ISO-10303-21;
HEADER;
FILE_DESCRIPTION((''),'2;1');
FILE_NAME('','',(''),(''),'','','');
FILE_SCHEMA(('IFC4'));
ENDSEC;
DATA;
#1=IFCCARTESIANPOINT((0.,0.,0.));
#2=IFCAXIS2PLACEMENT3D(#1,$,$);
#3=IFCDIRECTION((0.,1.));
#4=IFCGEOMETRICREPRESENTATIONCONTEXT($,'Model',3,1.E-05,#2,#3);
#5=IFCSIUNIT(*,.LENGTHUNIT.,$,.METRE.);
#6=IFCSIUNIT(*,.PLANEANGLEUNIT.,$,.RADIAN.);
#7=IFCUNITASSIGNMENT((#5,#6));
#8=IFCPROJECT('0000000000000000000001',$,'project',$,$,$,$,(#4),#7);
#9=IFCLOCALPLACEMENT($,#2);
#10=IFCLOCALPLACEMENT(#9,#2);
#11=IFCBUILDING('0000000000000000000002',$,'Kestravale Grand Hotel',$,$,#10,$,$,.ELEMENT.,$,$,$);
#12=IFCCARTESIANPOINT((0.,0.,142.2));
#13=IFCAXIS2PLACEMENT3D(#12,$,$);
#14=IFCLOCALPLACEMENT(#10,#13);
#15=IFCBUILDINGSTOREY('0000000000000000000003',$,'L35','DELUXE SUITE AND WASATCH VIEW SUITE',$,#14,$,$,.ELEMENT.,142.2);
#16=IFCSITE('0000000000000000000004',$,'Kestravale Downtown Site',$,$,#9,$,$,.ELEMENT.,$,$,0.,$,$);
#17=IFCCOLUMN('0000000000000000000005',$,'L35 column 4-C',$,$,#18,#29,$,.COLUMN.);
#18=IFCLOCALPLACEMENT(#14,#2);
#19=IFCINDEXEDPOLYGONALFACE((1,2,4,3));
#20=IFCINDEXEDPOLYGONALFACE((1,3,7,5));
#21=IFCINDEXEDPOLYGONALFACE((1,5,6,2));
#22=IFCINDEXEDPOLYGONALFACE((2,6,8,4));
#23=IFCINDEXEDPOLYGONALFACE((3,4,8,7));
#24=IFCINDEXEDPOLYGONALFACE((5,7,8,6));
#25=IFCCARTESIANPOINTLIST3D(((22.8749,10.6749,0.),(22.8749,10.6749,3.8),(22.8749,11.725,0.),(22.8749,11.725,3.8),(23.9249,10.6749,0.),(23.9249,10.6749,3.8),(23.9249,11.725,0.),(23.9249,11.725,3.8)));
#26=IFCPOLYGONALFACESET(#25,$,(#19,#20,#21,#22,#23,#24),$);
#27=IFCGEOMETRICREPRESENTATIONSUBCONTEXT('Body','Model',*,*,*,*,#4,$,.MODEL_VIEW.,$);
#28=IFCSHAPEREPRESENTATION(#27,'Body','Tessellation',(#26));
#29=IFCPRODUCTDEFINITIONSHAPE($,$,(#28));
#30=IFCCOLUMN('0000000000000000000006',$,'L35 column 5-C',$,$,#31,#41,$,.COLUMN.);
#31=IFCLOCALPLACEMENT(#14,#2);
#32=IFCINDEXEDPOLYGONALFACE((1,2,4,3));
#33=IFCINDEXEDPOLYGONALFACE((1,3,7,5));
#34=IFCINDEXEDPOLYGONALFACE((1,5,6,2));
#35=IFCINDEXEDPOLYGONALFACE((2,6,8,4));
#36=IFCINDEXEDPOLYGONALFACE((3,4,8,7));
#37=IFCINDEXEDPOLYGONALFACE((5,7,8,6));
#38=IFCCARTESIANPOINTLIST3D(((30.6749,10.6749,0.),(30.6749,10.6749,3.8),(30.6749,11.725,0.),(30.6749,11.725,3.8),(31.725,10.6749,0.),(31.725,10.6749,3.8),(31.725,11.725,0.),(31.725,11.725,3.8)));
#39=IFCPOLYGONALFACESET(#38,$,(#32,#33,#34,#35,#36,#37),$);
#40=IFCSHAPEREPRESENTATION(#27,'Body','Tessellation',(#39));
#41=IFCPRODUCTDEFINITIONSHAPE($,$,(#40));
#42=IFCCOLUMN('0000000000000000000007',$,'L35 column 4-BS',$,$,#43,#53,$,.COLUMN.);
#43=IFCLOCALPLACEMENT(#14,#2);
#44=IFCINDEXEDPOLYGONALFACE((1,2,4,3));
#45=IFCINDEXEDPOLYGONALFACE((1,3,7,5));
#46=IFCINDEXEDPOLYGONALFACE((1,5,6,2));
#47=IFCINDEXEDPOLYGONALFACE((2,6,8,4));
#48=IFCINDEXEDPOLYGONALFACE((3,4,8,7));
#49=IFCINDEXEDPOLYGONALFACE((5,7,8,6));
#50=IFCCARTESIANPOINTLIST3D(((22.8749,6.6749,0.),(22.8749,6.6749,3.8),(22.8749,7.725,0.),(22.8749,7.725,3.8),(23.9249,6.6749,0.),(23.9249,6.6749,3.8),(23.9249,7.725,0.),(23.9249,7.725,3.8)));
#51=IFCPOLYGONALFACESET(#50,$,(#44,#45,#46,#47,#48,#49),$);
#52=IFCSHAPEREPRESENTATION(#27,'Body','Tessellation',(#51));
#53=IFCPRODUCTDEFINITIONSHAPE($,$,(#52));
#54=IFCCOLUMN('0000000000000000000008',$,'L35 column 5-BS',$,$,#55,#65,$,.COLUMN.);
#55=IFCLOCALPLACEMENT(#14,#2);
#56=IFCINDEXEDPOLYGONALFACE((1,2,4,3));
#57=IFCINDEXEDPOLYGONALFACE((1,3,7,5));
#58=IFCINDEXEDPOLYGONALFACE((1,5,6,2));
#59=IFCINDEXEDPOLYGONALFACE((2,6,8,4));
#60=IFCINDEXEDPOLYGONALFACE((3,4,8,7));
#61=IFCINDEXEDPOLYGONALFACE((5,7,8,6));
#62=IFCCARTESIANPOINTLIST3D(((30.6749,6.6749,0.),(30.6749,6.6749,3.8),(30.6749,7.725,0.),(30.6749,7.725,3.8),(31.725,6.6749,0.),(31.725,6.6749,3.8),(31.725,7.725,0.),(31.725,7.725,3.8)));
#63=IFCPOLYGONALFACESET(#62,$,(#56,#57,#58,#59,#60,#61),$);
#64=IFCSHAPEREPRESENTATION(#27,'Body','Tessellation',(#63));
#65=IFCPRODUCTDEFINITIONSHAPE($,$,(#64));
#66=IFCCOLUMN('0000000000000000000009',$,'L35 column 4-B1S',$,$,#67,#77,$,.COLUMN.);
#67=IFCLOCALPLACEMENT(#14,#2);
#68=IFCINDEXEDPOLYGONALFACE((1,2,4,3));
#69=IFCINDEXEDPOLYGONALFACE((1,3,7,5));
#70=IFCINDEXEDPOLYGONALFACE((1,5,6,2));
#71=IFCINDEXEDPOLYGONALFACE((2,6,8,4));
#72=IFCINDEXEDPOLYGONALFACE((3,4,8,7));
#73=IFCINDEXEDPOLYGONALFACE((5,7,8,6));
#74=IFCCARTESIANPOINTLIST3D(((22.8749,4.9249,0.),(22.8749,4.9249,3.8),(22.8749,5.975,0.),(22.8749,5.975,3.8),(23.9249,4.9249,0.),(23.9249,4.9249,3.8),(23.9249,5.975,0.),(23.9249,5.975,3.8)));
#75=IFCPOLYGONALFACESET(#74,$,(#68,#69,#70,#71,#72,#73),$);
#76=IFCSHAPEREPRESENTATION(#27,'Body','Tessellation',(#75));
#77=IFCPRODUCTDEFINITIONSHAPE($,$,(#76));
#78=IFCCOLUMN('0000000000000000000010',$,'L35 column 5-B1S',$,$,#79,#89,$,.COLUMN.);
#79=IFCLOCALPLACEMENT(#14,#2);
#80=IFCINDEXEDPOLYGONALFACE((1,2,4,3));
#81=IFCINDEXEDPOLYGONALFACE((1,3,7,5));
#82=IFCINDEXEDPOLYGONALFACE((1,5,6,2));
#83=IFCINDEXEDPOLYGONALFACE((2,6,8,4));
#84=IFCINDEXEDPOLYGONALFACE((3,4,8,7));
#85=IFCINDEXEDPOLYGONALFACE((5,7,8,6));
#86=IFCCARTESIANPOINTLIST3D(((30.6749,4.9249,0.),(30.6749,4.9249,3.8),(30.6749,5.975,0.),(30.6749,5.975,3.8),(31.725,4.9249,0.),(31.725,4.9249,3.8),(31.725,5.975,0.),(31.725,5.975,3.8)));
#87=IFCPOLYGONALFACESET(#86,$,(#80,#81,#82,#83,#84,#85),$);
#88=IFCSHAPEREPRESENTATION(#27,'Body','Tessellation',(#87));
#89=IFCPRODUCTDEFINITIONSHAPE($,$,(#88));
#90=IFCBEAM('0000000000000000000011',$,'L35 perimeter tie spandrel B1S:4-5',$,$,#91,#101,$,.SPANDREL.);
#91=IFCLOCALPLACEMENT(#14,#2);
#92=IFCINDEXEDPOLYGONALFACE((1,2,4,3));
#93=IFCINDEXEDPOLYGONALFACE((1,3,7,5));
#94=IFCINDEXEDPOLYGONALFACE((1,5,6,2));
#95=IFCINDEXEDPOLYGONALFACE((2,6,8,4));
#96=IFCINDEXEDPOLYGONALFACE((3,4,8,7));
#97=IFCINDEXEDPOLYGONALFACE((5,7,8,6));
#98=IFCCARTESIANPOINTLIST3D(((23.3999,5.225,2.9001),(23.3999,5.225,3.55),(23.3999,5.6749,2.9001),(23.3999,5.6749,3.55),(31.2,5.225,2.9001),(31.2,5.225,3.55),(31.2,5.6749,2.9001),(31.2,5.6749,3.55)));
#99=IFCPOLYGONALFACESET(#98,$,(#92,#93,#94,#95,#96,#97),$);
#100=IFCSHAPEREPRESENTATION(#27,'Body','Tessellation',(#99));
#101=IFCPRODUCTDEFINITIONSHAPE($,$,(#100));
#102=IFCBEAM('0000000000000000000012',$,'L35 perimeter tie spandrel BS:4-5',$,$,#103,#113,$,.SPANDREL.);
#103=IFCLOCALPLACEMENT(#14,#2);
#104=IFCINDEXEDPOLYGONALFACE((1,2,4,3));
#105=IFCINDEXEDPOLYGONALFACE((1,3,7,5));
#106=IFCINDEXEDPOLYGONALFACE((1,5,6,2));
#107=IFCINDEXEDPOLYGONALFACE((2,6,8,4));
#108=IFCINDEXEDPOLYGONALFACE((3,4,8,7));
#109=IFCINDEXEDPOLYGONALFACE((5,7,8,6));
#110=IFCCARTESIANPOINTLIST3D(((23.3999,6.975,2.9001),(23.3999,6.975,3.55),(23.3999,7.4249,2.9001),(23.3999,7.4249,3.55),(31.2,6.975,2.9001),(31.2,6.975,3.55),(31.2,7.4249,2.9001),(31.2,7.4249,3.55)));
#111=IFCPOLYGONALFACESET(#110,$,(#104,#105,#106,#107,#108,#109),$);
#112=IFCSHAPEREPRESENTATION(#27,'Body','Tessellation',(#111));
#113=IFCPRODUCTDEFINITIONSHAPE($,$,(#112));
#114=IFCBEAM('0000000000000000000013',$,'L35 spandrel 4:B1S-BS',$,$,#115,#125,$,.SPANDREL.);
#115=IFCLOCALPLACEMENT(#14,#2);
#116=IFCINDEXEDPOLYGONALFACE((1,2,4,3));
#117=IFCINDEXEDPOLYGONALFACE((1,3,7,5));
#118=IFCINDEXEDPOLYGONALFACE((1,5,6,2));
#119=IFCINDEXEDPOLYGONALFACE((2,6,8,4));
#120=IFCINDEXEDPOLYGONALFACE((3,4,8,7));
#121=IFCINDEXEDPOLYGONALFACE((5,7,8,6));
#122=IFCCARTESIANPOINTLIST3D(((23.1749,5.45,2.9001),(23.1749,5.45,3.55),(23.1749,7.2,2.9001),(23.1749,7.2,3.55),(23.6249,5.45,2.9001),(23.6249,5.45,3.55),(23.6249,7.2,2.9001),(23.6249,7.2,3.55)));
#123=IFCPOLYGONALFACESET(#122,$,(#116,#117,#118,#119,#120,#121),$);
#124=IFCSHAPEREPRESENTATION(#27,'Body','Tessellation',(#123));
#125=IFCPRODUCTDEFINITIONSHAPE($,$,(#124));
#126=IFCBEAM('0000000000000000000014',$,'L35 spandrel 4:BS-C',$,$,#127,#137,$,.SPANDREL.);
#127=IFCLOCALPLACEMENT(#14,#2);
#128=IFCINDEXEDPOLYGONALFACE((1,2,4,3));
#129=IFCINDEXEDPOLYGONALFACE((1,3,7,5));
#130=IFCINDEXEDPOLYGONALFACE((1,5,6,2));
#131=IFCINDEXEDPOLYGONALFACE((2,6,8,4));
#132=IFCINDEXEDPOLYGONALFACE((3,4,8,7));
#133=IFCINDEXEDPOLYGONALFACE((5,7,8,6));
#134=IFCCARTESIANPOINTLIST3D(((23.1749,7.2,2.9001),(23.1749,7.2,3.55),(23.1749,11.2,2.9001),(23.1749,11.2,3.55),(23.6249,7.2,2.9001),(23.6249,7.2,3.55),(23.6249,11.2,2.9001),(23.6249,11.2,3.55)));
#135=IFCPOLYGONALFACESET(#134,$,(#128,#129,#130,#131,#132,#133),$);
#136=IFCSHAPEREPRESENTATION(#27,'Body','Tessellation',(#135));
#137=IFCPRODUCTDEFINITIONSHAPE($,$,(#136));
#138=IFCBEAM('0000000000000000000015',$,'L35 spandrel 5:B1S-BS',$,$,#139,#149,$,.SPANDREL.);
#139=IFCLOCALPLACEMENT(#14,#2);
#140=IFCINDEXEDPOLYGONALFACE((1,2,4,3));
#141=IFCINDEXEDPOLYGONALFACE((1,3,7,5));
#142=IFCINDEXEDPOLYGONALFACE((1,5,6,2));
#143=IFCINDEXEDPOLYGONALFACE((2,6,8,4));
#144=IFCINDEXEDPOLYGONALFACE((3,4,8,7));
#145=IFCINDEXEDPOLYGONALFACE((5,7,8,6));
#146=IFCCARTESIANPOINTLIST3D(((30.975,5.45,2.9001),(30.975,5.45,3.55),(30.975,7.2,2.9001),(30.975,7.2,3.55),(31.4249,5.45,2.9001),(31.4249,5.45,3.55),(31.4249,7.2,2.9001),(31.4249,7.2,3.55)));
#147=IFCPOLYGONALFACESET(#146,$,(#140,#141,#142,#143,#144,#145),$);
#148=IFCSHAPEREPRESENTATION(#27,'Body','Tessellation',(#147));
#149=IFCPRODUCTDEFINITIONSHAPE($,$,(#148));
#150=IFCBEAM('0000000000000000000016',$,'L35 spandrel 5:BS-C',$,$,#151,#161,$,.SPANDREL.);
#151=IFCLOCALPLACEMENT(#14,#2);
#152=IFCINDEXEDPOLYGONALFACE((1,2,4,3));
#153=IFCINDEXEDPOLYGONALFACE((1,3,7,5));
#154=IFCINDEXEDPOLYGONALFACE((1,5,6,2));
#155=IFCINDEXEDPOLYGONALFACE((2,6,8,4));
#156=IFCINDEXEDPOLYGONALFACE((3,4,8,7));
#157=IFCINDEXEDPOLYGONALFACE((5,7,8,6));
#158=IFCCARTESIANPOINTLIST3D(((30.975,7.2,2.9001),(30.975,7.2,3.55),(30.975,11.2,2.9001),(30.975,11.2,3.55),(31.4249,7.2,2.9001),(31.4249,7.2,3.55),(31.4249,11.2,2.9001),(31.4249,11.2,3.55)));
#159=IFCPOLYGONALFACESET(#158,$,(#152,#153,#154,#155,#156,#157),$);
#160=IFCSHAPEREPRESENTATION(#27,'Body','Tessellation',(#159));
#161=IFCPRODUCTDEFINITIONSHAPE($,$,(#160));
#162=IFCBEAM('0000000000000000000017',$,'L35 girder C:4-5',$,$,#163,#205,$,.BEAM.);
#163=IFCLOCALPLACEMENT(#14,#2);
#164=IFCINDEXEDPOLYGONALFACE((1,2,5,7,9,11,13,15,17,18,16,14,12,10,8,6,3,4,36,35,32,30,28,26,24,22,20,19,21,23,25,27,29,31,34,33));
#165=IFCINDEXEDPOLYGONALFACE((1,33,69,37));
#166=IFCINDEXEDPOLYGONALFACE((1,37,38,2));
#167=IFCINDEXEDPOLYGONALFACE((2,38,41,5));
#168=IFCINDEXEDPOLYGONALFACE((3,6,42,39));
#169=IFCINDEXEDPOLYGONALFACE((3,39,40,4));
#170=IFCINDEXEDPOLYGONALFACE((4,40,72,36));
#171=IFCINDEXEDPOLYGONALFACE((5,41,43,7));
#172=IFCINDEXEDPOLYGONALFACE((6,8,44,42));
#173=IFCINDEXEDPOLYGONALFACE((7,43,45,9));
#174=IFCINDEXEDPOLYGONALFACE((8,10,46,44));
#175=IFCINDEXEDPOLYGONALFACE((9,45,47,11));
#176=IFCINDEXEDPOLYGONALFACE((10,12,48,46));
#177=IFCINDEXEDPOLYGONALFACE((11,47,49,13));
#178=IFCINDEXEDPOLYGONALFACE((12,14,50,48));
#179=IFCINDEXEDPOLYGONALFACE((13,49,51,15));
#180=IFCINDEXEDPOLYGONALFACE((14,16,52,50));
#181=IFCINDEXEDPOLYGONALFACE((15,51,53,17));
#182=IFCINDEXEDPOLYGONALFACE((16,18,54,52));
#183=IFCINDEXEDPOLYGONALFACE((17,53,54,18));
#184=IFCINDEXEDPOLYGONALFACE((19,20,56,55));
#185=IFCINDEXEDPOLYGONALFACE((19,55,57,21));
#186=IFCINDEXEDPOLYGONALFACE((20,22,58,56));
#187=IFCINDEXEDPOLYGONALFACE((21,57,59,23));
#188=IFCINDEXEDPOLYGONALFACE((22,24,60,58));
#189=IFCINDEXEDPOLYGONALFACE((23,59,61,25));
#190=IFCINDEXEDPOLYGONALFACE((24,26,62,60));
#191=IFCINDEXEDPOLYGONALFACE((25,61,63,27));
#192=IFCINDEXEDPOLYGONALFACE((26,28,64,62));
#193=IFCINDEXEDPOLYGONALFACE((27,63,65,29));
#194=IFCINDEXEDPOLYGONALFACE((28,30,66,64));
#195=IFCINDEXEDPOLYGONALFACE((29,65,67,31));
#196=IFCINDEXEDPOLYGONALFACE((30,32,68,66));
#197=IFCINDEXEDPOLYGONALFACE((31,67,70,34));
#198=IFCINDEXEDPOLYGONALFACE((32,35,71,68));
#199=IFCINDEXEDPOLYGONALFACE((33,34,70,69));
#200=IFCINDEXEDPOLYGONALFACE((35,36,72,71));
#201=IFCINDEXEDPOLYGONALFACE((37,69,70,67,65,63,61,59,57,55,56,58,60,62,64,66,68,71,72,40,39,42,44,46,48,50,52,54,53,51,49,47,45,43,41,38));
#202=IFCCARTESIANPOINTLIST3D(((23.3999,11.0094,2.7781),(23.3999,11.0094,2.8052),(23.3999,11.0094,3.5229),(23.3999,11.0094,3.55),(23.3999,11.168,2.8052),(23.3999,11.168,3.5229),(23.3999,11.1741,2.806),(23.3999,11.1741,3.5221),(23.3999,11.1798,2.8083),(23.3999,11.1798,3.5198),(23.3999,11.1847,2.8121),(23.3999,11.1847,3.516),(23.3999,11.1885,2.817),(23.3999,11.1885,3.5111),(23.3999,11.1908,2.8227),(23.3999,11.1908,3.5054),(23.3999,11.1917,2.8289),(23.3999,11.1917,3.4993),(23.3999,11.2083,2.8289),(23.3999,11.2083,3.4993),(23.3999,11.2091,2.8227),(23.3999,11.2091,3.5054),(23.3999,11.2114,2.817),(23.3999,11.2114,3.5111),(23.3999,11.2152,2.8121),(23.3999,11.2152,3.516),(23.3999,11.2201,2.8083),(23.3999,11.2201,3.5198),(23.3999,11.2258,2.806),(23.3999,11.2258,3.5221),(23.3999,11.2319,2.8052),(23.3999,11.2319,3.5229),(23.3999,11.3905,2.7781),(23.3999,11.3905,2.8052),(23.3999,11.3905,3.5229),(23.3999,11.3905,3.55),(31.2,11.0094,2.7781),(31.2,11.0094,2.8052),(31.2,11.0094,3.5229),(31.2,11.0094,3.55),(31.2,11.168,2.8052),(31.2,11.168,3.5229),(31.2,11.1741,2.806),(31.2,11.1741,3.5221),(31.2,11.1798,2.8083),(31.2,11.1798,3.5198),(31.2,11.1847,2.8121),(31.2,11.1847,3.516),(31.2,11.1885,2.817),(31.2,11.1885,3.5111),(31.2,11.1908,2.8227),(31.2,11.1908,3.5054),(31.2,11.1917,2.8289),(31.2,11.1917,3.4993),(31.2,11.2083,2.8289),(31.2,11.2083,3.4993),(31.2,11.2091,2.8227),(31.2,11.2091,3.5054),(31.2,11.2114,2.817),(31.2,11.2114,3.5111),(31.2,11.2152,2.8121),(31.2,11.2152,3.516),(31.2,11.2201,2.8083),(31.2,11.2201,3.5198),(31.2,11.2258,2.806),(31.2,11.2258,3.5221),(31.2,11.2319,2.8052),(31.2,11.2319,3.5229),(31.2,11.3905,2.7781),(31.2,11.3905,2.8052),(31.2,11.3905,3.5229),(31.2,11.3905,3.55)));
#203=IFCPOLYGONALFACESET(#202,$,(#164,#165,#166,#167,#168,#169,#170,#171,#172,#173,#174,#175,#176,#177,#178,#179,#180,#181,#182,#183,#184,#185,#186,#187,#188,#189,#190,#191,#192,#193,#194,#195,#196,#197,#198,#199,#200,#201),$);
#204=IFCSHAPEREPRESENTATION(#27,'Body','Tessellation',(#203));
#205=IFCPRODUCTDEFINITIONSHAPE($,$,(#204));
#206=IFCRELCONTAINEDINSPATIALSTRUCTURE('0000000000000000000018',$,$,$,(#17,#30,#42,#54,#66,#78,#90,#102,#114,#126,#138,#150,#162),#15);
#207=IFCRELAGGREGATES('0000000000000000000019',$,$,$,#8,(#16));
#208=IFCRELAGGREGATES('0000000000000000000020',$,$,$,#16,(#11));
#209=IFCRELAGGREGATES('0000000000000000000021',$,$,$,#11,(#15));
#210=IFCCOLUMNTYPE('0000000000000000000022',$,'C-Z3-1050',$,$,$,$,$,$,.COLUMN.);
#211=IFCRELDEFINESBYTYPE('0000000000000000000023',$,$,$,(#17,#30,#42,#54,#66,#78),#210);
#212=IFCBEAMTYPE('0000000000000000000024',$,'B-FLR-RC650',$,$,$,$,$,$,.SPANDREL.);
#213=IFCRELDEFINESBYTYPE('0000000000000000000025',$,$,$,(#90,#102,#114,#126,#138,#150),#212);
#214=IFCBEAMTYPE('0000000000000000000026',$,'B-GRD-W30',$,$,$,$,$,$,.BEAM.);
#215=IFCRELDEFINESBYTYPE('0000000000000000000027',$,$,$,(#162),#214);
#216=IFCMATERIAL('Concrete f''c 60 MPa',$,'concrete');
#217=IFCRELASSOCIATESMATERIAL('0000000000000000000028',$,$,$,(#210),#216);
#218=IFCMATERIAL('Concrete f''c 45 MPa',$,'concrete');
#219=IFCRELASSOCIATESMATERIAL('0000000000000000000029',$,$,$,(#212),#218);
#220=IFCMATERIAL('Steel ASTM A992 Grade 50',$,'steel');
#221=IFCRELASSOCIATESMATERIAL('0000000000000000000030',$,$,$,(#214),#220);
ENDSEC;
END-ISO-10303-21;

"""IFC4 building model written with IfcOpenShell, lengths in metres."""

from ifc_helpers import new_model, si_unit, direction, frame, origin, origin_2d, place, context, subcontext, project, spatial, rectangle, i_section, extrude, material, material_profile, profile_set, type_object, element, save


model = new_model("IFC4")

# Units and contexts
model_context = context("Model", 3, precision=1e-05, world=origin(), true_north=direction((0.0, 1.0)))
body_context = subcontext(model_context, "Body", "Model", "MODEL_VIEW")
ifc_project = project(units=[si_unit("LENGTHUNIT", "METRE"), si_unit("PLANEANGLEUNIT", "RADIAN")], contexts=[model_context])

# Site, building, storey
site_placement = place(None, origin())
site = spatial("IfcSite", under=ifc_project, at=site_placement, Name="Kestravale Downtown Site", CompositionType="ELEMENT", RefElevation=0.0)
building_placement = place(site_placement, origin())
building = spatial("IfcBuilding", under=site, at=building_placement, Name="Kestravale Grand Hotel", CompositionType="ELEMENT")
storey_placement = place(building_placement, frame((0.0, 0.0, 142.2)))
storey = spatial("IfcBuildingStorey", under=building, at=storey_placement, Name="L35", Description="DELUXE SUITE AND WASATCH VIEW SUITE", CompositionType="ELEMENT", Elevation=142.2)

# Columns
ifc_material_1 = material(Name="Concrete f'c 60 MPa", Category="concrete")
ifc_material_profile_1 = material_profile(ifc_material_1, rectangle(XDim=1.05, YDim=1.05, at=origin_2d()))
ifc_profile_set_1 = profile_set([ifc_material_profile_1], Name="Concrete f'c 60 MPa")
column_type = type_object("IfcColumnType", Name="C-Z3-1050", PredefinedType="COLUMN", material=ifc_profile_set_1)
for number, where, z_axis, x_axis, name in (
    (1, (23.3999, 11.2, 0.0), (0.0, 0.0, 1.0), (1.0, 0.0, 0.0), "L35 column 4-C"),
    (2, (31.2, 11.2, 0.0), (0.0, 0.0, 1.0), (1.0, 0.0, 0.0), "L35 column 5-C"),
    (3, (23.3999, 7.2, 0.0), (0.0, 0.0, 1.0), (1.0, 0.0, 0.0), "L35 column 4-BS"),
    (4, (31.2, 7.2, 0.0), (0.0, 0.0, 1.0), (1.0, 0.0, 0.0), "L35 column 5-BS"),
    (5, (23.3999, 5.45, 0.0), (0.0, 0.0, 1.0), (1.0, 0.0, 0.0), "L35 column 4-B1S"),
    (6, (31.2, 5.45, 0.0), (0.0, 0.0, 1.0), (1.0, 0.0, 0.0), "L35 column 5-B1S"),
):
    element("IfcColumn", number, at=place(storey_placement, frame(where, z_axis=z_axis, x_axis=x_axis)), inside=storey, type_object=column_type, Name=name, PredefinedType="COLUMN", context=body_context, shape_type="SweptSolid", body=[
        extrude(rectangle(XDim=1.05, YDim=1.05, at=origin_2d()), origin(), (0.0, 0.0, 1.0), 3.8),
    ])

# Beams
ifc_material_2 = material(Name="Concrete f'c 45 MPa", Category="concrete")
ifc_material_profile_2 = material_profile(ifc_material_2, rectangle(XDim=0.45, YDim=0.6499, at=origin_2d()))
ifc_profile_set_2 = profile_set([ifc_material_profile_2], Name="Concrete f'c 45 MPa")
beam_type_1 = type_object("IfcBeamType", Name="B-FLR-RC650", PredefinedType="SPANDREL", material=ifc_profile_set_2)
for number, where, z_axis, x_axis, name in (
    (7, (23.3999, 5.45, 3.2251), (1.0, 0.0, 0.0), (0.0, 1.0, 0.0), "L35 perimeter tie spandrel B1S:4-5"),
    (8, (23.3999, 7.2, 3.2251), (1.0, 0.0, 0.0), (0.0, 1.0, 0.0), "L35 perimeter tie spandrel BS:4-5"),
):
    element("IfcBeam", number, at=place(storey_placement, frame(where, z_axis=z_axis, x_axis=x_axis)), inside=storey, type_object=beam_type_1, Name=name, PredefinedType="SPANDREL", context=body_context, shape_type="SweptSolid", body=[
        extrude(rectangle(XDim=0.45, YDim=0.6499, at=origin_2d()), origin(), (0.0, 0.0, 1.0), 7.8),
    ])
beam_1_placement = place(storey_placement, frame((23.3999, 5.45, 3.2251), z_axis=(0.0, 1.0, 0.0), x_axis=(-1.0, 0.0, 0.0)))
element("IfcBeam", 9, at=beam_1_placement, inside=storey, type_object=beam_type_1, Name="L35 spandrel 4:B1S-BS", PredefinedType="SPANDREL", context=body_context, shape_type="SweptSolid", body=[
    extrude(rectangle(XDim=0.45, YDim=0.6499, at=origin_2d()), origin(), (0.0, 0.0, 1.0), 1.75),
])
beam_2_placement = place(storey_placement, frame((23.3999, 7.2, 3.2251), z_axis=(0.0, 1.0, 0.0), x_axis=(-1.0, 0.0, 0.0)))
element("IfcBeam", 10, at=beam_2_placement, inside=storey, type_object=beam_type_1, Name="L35 spandrel 4:BS-C", PredefinedType="SPANDREL", context=body_context, shape_type="SweptSolid", body=[
    extrude(rectangle(XDim=0.45, YDim=0.6499, at=origin_2d()), origin(), (0.0, 0.0, 1.0), 4.0),
])
beam_3_placement = place(storey_placement, frame((31.2, 5.45, 3.2251), z_axis=(0.0, 1.0, 0.0), x_axis=(-1.0, 0.0, 0.0)))
element("IfcBeam", 11, at=beam_3_placement, inside=storey, type_object=beam_type_1, Name="L35 spandrel 5:B1S-BS", PredefinedType="SPANDREL", context=body_context, shape_type="SweptSolid", body=[
    extrude(rectangle(XDim=0.45, YDim=0.6499, at=origin_2d()), origin(), (0.0, 0.0, 1.0), 1.75),
])
beam_4_placement = place(storey_placement, frame((31.2, 7.2, 3.2251), z_axis=(0.0, 1.0, 0.0), x_axis=(-1.0, 0.0, 0.0)))
element("IfcBeam", 12, at=beam_4_placement, inside=storey, type_object=beam_type_1, Name="L35 spandrel 5:BS-C", PredefinedType="SPANDREL", context=body_context, shape_type="SweptSolid", body=[
    extrude(rectangle(XDim=0.45, YDim=0.6499, at=origin_2d()), origin(), (0.0, 0.0, 1.0), 4.0),
])
ifc_material_3 = material(Name="Steel ASTM A992 Grade 50", Category="steel")
ifc_material_profile_3 = material_profile(ifc_material_3, i_section(OverallWidth=0.3811, OverallDepth=0.772, WebThickness=0.0166, FlangeThickness=0.0271, FilletRadius=0.0237, at=origin_2d()))
ifc_profile_set_3 = profile_set([ifc_material_profile_3], Name="Steel ASTM A992 Grade 50")
beam_type_2 = type_object("IfcBeamType", Name="B-GRD-W30", PredefinedType="BEAM", material=ifc_profile_set_3)
beam_5_placement = place(storey_placement, frame((23.3999, 11.2, 3.1641), z_axis=(1.0, 0.0, 0.0), x_axis=(0.0, 1.0, 0.0)))
element("IfcBeam", 13, at=beam_5_placement, inside=storey, type_object=beam_type_2, Name="L35 girder C:4-5", PredefinedType="BEAM", context=body_context, shape_type="SweptSolid", body=[
    extrude(i_section(OverallWidth=0.3811, OverallDepth=0.772, WebThickness=0.0166, FlangeThickness=0.0271, FilletRadius=0.0237, at=origin_2d()), origin(), (0.0, 0.0, 1.0), 7.8),
])

save(model, "model.ifc")
